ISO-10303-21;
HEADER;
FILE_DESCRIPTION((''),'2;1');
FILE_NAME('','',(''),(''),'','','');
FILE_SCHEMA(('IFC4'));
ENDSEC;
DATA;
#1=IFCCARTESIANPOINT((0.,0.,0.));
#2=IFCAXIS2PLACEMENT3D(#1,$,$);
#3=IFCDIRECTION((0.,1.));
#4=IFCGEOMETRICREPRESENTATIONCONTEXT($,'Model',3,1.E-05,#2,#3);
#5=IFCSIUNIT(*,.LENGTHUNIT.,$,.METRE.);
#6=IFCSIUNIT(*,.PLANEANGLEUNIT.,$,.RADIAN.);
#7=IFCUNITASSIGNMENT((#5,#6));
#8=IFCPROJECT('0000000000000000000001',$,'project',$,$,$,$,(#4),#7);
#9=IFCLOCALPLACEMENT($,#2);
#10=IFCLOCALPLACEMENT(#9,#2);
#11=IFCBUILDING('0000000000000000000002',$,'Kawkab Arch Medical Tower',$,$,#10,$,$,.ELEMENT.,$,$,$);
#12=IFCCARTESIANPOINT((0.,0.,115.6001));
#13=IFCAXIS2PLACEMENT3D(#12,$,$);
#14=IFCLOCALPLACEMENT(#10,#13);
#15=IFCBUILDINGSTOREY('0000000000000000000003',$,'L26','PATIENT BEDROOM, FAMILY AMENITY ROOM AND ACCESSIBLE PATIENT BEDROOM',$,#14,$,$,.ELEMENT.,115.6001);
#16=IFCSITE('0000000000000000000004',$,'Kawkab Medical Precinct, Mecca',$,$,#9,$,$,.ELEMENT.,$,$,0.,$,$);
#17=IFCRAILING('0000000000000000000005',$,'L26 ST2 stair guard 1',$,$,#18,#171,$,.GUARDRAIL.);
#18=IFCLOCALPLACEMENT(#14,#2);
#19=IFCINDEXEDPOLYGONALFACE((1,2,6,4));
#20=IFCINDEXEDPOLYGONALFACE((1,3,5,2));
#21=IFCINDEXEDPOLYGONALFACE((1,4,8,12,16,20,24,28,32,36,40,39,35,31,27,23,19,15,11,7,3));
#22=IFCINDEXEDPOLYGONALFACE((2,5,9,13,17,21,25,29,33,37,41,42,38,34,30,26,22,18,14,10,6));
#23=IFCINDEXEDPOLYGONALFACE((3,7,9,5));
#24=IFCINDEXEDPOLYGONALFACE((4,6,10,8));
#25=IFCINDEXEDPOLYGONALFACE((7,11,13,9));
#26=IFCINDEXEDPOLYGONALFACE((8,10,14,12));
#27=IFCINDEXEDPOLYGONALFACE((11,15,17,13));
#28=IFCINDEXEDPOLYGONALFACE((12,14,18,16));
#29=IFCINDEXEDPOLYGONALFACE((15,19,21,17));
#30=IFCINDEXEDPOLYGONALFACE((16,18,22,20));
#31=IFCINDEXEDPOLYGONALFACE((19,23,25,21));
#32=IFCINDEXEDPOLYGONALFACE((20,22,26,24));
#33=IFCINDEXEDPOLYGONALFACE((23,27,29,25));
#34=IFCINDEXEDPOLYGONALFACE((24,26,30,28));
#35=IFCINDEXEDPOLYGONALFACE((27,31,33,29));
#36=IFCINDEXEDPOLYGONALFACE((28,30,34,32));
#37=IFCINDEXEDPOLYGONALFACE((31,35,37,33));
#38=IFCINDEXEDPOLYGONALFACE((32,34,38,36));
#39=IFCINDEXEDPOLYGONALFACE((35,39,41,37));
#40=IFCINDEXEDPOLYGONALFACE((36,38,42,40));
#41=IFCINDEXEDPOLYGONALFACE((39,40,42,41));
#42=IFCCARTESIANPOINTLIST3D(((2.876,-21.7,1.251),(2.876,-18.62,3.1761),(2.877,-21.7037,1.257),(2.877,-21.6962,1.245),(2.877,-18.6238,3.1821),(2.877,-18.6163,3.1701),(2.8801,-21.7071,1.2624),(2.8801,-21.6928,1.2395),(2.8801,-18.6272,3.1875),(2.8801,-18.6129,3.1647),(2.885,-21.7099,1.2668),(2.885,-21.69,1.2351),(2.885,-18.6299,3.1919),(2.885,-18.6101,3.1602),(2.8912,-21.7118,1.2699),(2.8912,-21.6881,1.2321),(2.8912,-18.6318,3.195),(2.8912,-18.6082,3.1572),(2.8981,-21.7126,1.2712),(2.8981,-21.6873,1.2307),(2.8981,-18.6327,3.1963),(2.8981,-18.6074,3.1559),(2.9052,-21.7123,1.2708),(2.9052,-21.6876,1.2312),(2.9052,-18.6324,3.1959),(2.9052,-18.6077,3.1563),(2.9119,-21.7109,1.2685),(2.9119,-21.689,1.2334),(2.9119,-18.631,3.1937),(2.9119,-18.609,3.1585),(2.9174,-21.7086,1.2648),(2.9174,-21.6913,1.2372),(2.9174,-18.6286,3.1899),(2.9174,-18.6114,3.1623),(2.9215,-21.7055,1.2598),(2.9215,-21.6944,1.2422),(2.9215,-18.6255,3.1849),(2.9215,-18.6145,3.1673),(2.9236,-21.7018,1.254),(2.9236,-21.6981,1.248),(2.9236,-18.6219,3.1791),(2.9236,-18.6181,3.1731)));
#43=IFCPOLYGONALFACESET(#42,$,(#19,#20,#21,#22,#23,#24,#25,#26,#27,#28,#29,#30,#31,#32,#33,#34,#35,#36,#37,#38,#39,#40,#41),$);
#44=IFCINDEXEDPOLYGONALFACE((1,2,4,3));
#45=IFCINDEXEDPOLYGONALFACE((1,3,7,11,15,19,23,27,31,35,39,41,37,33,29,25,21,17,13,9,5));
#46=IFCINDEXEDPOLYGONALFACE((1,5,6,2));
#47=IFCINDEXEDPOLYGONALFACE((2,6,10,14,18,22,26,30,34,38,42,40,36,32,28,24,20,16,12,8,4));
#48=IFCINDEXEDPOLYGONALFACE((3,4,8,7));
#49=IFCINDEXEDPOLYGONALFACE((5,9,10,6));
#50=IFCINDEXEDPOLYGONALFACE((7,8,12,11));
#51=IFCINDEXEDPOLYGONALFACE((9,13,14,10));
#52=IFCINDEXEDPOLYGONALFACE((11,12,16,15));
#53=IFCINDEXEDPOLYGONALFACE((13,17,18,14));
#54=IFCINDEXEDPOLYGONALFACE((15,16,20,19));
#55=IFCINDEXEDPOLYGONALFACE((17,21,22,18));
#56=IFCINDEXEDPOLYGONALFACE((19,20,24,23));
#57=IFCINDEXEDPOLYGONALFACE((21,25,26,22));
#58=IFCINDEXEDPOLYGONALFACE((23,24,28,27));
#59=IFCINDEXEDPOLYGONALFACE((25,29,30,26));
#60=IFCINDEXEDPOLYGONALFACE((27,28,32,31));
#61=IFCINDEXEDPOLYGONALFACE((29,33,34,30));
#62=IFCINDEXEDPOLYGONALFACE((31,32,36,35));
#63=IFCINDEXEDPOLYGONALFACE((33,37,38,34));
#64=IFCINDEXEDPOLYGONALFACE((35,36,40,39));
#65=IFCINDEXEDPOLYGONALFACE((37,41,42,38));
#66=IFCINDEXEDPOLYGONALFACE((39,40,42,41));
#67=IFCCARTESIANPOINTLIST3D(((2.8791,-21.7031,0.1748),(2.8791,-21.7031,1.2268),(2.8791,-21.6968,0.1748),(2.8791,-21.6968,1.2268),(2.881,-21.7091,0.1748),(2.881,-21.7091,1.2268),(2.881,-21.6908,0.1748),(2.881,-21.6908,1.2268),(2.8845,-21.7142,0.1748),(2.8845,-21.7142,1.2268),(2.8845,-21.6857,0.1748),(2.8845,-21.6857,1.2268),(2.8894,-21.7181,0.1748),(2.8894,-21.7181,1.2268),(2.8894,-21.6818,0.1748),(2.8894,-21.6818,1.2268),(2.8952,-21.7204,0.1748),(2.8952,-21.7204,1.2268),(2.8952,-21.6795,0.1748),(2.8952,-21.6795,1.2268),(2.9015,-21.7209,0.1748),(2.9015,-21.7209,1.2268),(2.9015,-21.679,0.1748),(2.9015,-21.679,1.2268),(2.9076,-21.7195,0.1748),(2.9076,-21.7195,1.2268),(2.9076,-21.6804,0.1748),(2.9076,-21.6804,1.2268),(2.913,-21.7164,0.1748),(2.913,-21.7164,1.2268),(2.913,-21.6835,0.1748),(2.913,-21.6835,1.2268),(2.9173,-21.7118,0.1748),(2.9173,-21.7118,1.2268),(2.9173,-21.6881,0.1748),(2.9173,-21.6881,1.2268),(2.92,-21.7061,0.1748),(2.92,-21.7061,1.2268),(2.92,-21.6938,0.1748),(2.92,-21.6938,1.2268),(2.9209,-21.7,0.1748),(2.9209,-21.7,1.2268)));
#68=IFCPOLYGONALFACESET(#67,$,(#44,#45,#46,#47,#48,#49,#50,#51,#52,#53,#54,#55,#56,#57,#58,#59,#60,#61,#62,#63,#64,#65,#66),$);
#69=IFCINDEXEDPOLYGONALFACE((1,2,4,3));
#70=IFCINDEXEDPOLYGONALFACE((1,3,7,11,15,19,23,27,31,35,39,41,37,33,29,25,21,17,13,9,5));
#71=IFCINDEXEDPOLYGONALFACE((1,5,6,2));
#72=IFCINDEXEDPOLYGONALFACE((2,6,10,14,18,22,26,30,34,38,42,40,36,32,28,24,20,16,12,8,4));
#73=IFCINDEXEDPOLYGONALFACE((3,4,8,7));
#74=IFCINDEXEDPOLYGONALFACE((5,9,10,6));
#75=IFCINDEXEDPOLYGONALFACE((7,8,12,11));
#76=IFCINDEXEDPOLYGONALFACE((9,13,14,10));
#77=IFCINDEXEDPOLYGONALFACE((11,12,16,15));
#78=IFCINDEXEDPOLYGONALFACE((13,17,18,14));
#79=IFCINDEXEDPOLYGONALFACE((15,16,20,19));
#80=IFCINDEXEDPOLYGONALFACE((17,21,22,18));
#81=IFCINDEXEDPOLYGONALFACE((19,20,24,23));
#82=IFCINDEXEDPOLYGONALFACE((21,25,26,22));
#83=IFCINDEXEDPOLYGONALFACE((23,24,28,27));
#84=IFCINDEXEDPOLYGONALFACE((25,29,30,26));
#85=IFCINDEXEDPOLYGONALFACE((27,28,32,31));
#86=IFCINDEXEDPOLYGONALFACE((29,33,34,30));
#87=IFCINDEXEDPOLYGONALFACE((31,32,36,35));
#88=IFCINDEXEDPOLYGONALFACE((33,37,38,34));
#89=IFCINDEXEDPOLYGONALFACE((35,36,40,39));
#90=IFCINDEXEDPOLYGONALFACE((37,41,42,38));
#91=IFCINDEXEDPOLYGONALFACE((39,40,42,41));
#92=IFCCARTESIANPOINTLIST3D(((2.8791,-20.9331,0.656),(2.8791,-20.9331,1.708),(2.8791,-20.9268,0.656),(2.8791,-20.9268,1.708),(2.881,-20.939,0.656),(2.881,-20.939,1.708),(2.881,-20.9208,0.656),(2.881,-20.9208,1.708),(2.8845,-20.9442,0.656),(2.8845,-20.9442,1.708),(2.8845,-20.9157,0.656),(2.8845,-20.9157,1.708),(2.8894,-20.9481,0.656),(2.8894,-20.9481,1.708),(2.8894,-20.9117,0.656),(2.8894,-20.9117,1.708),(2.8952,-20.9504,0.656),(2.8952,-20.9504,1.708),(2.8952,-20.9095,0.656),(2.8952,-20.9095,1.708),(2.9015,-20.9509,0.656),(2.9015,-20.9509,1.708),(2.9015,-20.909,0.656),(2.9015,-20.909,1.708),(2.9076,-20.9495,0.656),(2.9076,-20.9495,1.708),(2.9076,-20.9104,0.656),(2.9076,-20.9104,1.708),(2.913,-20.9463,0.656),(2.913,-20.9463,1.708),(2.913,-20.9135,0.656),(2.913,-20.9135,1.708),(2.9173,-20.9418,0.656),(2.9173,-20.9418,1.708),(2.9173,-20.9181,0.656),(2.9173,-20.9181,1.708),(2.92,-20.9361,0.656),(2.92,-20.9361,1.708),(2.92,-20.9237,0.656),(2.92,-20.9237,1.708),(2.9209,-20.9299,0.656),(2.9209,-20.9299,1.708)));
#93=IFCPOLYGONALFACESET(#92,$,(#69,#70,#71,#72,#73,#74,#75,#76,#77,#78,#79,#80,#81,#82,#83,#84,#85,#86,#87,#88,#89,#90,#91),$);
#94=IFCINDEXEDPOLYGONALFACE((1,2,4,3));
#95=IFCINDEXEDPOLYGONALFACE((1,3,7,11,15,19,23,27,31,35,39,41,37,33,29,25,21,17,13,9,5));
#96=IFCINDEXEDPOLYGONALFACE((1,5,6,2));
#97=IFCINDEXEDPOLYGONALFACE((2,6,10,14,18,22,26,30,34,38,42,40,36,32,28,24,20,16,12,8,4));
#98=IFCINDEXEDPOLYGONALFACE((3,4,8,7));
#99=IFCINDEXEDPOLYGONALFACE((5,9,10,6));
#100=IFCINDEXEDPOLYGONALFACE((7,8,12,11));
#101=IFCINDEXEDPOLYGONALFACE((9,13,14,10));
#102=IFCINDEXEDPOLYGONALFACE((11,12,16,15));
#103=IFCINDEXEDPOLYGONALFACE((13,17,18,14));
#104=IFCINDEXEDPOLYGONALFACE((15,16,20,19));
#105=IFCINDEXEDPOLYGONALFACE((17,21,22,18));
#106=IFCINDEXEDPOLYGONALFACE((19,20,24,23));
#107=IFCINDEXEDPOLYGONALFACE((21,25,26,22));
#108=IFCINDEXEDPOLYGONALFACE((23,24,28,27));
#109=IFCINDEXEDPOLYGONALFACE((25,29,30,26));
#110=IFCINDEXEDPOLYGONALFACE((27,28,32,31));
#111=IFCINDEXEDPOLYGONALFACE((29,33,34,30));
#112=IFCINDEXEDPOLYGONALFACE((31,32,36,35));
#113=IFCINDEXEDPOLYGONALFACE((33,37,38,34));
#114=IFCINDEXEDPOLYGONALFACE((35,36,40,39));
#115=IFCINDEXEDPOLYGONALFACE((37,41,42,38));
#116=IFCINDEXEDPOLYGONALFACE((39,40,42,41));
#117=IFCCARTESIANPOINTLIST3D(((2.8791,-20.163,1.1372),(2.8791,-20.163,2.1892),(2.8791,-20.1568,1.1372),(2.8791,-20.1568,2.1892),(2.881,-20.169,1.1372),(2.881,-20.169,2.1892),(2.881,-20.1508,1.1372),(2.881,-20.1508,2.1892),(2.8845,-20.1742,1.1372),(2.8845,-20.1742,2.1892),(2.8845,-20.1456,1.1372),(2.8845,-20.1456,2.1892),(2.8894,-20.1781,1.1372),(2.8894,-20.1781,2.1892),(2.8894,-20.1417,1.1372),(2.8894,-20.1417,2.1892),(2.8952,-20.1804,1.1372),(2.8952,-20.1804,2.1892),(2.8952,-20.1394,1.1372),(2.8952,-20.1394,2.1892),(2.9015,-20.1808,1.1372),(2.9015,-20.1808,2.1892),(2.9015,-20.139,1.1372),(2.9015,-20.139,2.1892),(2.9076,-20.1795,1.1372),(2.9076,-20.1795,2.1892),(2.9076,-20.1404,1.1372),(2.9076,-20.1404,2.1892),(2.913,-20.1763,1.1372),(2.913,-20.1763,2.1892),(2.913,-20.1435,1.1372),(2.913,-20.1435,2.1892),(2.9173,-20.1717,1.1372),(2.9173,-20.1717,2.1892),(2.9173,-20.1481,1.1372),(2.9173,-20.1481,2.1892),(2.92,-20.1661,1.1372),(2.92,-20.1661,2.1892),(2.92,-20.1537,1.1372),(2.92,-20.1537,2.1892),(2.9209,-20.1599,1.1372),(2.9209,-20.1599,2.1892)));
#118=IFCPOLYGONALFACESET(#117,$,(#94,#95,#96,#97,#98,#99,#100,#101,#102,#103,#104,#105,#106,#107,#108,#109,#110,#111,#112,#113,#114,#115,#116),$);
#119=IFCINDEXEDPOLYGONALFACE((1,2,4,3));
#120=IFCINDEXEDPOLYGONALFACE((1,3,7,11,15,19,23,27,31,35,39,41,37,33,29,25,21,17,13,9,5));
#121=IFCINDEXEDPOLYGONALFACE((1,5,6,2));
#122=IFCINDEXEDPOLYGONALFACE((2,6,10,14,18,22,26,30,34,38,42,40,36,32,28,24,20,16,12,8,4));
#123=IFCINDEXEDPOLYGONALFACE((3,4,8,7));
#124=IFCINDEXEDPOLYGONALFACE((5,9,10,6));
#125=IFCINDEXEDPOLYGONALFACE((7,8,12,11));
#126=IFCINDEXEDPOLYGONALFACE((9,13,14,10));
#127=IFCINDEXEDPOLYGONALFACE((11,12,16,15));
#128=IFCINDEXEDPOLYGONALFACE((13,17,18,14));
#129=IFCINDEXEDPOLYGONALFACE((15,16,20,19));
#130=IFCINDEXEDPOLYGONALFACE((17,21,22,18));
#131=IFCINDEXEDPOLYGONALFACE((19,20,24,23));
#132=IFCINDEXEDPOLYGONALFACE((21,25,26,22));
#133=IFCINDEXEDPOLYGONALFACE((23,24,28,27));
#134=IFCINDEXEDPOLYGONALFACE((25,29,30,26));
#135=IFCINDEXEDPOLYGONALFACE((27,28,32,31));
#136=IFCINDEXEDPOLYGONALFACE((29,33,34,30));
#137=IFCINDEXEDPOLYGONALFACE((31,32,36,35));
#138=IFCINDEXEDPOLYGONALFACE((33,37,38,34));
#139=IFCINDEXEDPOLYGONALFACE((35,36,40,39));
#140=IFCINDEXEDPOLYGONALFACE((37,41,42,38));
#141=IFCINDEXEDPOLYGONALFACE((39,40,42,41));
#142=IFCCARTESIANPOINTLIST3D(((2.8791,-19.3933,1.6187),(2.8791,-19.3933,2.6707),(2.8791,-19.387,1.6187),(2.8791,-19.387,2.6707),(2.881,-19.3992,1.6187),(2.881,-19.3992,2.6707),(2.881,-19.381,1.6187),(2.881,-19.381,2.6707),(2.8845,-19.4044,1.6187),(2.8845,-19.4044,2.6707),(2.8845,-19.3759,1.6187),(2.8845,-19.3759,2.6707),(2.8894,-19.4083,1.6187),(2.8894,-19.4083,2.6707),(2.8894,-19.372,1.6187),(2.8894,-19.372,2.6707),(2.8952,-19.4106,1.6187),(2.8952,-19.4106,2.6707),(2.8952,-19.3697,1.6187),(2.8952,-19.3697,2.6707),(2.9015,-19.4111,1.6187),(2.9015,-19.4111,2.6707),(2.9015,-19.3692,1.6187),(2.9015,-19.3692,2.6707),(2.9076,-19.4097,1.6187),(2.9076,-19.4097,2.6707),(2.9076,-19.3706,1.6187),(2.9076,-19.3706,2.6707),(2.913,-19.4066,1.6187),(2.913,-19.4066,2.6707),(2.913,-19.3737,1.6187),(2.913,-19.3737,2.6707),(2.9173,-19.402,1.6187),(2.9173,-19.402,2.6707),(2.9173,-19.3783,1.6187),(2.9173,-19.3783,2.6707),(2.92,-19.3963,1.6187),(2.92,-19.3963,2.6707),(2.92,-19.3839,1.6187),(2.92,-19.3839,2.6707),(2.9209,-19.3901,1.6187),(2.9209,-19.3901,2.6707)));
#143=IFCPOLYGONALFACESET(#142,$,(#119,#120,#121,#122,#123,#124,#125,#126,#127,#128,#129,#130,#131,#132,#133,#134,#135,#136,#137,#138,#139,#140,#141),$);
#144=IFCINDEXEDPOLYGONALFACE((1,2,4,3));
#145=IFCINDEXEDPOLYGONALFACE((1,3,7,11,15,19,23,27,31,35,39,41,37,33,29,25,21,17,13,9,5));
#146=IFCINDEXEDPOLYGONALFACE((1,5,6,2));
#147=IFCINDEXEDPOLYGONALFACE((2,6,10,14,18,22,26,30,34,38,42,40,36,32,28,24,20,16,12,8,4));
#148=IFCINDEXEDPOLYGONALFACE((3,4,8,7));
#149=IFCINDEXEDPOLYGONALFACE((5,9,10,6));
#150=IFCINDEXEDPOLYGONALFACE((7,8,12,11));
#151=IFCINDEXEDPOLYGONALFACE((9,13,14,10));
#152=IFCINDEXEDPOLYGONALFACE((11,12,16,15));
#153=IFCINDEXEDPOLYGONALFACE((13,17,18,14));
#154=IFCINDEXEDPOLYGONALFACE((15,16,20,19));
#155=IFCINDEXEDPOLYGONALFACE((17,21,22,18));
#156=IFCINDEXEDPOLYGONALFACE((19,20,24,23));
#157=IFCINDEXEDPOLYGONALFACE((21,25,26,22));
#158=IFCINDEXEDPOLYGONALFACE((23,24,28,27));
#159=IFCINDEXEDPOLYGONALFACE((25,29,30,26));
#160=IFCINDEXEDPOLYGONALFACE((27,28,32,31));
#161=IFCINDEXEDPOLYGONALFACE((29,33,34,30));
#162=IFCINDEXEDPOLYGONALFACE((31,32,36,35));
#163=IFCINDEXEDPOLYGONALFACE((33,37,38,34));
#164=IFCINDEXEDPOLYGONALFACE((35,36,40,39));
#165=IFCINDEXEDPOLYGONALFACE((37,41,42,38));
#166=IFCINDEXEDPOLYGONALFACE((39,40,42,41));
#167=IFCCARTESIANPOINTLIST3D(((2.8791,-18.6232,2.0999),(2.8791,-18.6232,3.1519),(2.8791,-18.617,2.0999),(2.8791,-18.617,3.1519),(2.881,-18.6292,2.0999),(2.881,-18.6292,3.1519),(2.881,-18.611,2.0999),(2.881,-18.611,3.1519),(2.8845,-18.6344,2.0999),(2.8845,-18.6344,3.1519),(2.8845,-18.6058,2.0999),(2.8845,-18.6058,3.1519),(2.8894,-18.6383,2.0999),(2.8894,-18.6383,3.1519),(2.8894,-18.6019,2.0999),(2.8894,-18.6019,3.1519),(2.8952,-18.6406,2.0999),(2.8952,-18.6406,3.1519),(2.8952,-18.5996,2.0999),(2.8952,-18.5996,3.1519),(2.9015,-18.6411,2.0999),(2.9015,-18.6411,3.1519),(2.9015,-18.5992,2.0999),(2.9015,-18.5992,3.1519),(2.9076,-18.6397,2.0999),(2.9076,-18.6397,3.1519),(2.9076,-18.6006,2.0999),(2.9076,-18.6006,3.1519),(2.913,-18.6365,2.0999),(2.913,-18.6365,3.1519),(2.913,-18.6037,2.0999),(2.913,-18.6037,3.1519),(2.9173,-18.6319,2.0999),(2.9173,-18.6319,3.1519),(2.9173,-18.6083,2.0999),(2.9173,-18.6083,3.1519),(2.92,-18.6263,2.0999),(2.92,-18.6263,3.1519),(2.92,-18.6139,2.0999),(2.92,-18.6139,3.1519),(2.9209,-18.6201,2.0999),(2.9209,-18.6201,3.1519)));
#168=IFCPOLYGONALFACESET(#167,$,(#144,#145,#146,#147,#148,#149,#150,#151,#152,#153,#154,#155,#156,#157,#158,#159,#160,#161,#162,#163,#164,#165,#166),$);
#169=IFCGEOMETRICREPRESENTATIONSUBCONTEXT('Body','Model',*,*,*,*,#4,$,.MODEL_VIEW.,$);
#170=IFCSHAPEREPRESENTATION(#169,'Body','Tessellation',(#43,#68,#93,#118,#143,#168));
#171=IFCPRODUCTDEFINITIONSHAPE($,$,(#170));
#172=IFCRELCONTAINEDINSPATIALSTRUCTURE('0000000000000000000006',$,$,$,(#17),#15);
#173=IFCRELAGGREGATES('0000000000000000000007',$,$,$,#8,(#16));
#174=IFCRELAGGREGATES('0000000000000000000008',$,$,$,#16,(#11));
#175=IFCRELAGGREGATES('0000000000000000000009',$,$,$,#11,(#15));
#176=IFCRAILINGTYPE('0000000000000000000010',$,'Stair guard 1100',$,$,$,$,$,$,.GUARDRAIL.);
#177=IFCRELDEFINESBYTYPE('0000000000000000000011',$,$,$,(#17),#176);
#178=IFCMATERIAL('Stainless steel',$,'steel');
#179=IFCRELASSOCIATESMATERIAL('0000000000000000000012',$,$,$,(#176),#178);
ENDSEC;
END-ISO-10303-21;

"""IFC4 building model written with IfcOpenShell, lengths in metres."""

from ifc_helpers import new_model, si_unit, direction, frame, origin, origin_2d, place, context, subcontext, project, spatial, circle, extrude, material, type_object, element, save


model = new_model("IFC4")

# Units and contexts
model_context = context("Model", 3, precision=1e-05, world=origin(), true_north=direction((0.0, 1.0)))
body_context = subcontext(model_context, "Body", "Model", "MODEL_VIEW")
ifc_project = project(units=[si_unit("LENGTHUNIT", "METRE"), si_unit("PLANEANGLEUNIT", "RADIAN")], contexts=[model_context])

# Site, building, storey
site_placement = place(None, origin())
site = spatial("IfcSite", under=ifc_project, at=site_placement, Name="Kawkab Medical Precinct, Mecca", CompositionType="ELEMENT", RefElevation=0.0)
building_placement = place(site_placement, origin())
building = spatial("IfcBuilding", under=site, at=building_placement, Name="Kawkab Arch Medical Tower", CompositionType="ELEMENT")
storey_placement = place(building_placement, frame((0.0, 0.0, 115.6001)))
storey = spatial("IfcBuildingStorey", under=building, at=storey_placement, Name="L26", Description="PATIENT BEDROOM, FAMILY AMENITY ROOM AND ACCESSIBLE PATIENT BEDROOM", CompositionType="ELEMENT", Elevation=115.6001)

# Railing
ifc_material_1 = material(Name="Stainless steel", Category="steel")
railing_type = type_object("IfcRailingType", Name="Stair guard 1100", PredefinedType="GUARDRAIL", material=ifc_material_1)
railing_1_placement = place(storey_placement, frame((2.8999, -21.7, 0.1748)))
element("IfcRailing", 1, at=railing_1_placement, inside=storey, type_object=railing_type, Name="L26 ST2 stair guard 1", PredefinedType="GUARDRAIL", context=body_context, shape_type="SweptSolid", body=[
    extrude(circle(Radius=0.0239, at=origin_2d()), frame((0.0, 0.0, 1.0762), z_axis=(0.0, 0.847979, 0.530029), x_axis=(-1.0, 0.0, 0.0)), (0.0, 0.0, 1.0), 3.6321),
    extrude(circle(Radius=0.021, at=origin_2d()), origin(), (0.0, 0.0, 1.0), 1.052),
    extrude(circle(Radius=0.021, at=origin_2d()), frame((0.0, 0.77, 0.4812)), (0.0, 0.0, 1.0), 1.052),
    extrude(circle(Radius=0.021, at=origin_2d()), frame((0.0, 1.54, 0.9624)), (0.0, 0.0, 1.0), 1.052),
    extrude(circle(Radius=0.021, at=origin_2d()), frame((0.0, 2.3098, 1.4438)), (0.0, 0.0, 1.0), 1.052),
    extrude(circle(Radius=0.021, at=origin_2d()), frame((0.0, 3.0798, 1.925)), (0.0, 0.0, 1.0), 1.052),
])

save(model, "model.ifc")
